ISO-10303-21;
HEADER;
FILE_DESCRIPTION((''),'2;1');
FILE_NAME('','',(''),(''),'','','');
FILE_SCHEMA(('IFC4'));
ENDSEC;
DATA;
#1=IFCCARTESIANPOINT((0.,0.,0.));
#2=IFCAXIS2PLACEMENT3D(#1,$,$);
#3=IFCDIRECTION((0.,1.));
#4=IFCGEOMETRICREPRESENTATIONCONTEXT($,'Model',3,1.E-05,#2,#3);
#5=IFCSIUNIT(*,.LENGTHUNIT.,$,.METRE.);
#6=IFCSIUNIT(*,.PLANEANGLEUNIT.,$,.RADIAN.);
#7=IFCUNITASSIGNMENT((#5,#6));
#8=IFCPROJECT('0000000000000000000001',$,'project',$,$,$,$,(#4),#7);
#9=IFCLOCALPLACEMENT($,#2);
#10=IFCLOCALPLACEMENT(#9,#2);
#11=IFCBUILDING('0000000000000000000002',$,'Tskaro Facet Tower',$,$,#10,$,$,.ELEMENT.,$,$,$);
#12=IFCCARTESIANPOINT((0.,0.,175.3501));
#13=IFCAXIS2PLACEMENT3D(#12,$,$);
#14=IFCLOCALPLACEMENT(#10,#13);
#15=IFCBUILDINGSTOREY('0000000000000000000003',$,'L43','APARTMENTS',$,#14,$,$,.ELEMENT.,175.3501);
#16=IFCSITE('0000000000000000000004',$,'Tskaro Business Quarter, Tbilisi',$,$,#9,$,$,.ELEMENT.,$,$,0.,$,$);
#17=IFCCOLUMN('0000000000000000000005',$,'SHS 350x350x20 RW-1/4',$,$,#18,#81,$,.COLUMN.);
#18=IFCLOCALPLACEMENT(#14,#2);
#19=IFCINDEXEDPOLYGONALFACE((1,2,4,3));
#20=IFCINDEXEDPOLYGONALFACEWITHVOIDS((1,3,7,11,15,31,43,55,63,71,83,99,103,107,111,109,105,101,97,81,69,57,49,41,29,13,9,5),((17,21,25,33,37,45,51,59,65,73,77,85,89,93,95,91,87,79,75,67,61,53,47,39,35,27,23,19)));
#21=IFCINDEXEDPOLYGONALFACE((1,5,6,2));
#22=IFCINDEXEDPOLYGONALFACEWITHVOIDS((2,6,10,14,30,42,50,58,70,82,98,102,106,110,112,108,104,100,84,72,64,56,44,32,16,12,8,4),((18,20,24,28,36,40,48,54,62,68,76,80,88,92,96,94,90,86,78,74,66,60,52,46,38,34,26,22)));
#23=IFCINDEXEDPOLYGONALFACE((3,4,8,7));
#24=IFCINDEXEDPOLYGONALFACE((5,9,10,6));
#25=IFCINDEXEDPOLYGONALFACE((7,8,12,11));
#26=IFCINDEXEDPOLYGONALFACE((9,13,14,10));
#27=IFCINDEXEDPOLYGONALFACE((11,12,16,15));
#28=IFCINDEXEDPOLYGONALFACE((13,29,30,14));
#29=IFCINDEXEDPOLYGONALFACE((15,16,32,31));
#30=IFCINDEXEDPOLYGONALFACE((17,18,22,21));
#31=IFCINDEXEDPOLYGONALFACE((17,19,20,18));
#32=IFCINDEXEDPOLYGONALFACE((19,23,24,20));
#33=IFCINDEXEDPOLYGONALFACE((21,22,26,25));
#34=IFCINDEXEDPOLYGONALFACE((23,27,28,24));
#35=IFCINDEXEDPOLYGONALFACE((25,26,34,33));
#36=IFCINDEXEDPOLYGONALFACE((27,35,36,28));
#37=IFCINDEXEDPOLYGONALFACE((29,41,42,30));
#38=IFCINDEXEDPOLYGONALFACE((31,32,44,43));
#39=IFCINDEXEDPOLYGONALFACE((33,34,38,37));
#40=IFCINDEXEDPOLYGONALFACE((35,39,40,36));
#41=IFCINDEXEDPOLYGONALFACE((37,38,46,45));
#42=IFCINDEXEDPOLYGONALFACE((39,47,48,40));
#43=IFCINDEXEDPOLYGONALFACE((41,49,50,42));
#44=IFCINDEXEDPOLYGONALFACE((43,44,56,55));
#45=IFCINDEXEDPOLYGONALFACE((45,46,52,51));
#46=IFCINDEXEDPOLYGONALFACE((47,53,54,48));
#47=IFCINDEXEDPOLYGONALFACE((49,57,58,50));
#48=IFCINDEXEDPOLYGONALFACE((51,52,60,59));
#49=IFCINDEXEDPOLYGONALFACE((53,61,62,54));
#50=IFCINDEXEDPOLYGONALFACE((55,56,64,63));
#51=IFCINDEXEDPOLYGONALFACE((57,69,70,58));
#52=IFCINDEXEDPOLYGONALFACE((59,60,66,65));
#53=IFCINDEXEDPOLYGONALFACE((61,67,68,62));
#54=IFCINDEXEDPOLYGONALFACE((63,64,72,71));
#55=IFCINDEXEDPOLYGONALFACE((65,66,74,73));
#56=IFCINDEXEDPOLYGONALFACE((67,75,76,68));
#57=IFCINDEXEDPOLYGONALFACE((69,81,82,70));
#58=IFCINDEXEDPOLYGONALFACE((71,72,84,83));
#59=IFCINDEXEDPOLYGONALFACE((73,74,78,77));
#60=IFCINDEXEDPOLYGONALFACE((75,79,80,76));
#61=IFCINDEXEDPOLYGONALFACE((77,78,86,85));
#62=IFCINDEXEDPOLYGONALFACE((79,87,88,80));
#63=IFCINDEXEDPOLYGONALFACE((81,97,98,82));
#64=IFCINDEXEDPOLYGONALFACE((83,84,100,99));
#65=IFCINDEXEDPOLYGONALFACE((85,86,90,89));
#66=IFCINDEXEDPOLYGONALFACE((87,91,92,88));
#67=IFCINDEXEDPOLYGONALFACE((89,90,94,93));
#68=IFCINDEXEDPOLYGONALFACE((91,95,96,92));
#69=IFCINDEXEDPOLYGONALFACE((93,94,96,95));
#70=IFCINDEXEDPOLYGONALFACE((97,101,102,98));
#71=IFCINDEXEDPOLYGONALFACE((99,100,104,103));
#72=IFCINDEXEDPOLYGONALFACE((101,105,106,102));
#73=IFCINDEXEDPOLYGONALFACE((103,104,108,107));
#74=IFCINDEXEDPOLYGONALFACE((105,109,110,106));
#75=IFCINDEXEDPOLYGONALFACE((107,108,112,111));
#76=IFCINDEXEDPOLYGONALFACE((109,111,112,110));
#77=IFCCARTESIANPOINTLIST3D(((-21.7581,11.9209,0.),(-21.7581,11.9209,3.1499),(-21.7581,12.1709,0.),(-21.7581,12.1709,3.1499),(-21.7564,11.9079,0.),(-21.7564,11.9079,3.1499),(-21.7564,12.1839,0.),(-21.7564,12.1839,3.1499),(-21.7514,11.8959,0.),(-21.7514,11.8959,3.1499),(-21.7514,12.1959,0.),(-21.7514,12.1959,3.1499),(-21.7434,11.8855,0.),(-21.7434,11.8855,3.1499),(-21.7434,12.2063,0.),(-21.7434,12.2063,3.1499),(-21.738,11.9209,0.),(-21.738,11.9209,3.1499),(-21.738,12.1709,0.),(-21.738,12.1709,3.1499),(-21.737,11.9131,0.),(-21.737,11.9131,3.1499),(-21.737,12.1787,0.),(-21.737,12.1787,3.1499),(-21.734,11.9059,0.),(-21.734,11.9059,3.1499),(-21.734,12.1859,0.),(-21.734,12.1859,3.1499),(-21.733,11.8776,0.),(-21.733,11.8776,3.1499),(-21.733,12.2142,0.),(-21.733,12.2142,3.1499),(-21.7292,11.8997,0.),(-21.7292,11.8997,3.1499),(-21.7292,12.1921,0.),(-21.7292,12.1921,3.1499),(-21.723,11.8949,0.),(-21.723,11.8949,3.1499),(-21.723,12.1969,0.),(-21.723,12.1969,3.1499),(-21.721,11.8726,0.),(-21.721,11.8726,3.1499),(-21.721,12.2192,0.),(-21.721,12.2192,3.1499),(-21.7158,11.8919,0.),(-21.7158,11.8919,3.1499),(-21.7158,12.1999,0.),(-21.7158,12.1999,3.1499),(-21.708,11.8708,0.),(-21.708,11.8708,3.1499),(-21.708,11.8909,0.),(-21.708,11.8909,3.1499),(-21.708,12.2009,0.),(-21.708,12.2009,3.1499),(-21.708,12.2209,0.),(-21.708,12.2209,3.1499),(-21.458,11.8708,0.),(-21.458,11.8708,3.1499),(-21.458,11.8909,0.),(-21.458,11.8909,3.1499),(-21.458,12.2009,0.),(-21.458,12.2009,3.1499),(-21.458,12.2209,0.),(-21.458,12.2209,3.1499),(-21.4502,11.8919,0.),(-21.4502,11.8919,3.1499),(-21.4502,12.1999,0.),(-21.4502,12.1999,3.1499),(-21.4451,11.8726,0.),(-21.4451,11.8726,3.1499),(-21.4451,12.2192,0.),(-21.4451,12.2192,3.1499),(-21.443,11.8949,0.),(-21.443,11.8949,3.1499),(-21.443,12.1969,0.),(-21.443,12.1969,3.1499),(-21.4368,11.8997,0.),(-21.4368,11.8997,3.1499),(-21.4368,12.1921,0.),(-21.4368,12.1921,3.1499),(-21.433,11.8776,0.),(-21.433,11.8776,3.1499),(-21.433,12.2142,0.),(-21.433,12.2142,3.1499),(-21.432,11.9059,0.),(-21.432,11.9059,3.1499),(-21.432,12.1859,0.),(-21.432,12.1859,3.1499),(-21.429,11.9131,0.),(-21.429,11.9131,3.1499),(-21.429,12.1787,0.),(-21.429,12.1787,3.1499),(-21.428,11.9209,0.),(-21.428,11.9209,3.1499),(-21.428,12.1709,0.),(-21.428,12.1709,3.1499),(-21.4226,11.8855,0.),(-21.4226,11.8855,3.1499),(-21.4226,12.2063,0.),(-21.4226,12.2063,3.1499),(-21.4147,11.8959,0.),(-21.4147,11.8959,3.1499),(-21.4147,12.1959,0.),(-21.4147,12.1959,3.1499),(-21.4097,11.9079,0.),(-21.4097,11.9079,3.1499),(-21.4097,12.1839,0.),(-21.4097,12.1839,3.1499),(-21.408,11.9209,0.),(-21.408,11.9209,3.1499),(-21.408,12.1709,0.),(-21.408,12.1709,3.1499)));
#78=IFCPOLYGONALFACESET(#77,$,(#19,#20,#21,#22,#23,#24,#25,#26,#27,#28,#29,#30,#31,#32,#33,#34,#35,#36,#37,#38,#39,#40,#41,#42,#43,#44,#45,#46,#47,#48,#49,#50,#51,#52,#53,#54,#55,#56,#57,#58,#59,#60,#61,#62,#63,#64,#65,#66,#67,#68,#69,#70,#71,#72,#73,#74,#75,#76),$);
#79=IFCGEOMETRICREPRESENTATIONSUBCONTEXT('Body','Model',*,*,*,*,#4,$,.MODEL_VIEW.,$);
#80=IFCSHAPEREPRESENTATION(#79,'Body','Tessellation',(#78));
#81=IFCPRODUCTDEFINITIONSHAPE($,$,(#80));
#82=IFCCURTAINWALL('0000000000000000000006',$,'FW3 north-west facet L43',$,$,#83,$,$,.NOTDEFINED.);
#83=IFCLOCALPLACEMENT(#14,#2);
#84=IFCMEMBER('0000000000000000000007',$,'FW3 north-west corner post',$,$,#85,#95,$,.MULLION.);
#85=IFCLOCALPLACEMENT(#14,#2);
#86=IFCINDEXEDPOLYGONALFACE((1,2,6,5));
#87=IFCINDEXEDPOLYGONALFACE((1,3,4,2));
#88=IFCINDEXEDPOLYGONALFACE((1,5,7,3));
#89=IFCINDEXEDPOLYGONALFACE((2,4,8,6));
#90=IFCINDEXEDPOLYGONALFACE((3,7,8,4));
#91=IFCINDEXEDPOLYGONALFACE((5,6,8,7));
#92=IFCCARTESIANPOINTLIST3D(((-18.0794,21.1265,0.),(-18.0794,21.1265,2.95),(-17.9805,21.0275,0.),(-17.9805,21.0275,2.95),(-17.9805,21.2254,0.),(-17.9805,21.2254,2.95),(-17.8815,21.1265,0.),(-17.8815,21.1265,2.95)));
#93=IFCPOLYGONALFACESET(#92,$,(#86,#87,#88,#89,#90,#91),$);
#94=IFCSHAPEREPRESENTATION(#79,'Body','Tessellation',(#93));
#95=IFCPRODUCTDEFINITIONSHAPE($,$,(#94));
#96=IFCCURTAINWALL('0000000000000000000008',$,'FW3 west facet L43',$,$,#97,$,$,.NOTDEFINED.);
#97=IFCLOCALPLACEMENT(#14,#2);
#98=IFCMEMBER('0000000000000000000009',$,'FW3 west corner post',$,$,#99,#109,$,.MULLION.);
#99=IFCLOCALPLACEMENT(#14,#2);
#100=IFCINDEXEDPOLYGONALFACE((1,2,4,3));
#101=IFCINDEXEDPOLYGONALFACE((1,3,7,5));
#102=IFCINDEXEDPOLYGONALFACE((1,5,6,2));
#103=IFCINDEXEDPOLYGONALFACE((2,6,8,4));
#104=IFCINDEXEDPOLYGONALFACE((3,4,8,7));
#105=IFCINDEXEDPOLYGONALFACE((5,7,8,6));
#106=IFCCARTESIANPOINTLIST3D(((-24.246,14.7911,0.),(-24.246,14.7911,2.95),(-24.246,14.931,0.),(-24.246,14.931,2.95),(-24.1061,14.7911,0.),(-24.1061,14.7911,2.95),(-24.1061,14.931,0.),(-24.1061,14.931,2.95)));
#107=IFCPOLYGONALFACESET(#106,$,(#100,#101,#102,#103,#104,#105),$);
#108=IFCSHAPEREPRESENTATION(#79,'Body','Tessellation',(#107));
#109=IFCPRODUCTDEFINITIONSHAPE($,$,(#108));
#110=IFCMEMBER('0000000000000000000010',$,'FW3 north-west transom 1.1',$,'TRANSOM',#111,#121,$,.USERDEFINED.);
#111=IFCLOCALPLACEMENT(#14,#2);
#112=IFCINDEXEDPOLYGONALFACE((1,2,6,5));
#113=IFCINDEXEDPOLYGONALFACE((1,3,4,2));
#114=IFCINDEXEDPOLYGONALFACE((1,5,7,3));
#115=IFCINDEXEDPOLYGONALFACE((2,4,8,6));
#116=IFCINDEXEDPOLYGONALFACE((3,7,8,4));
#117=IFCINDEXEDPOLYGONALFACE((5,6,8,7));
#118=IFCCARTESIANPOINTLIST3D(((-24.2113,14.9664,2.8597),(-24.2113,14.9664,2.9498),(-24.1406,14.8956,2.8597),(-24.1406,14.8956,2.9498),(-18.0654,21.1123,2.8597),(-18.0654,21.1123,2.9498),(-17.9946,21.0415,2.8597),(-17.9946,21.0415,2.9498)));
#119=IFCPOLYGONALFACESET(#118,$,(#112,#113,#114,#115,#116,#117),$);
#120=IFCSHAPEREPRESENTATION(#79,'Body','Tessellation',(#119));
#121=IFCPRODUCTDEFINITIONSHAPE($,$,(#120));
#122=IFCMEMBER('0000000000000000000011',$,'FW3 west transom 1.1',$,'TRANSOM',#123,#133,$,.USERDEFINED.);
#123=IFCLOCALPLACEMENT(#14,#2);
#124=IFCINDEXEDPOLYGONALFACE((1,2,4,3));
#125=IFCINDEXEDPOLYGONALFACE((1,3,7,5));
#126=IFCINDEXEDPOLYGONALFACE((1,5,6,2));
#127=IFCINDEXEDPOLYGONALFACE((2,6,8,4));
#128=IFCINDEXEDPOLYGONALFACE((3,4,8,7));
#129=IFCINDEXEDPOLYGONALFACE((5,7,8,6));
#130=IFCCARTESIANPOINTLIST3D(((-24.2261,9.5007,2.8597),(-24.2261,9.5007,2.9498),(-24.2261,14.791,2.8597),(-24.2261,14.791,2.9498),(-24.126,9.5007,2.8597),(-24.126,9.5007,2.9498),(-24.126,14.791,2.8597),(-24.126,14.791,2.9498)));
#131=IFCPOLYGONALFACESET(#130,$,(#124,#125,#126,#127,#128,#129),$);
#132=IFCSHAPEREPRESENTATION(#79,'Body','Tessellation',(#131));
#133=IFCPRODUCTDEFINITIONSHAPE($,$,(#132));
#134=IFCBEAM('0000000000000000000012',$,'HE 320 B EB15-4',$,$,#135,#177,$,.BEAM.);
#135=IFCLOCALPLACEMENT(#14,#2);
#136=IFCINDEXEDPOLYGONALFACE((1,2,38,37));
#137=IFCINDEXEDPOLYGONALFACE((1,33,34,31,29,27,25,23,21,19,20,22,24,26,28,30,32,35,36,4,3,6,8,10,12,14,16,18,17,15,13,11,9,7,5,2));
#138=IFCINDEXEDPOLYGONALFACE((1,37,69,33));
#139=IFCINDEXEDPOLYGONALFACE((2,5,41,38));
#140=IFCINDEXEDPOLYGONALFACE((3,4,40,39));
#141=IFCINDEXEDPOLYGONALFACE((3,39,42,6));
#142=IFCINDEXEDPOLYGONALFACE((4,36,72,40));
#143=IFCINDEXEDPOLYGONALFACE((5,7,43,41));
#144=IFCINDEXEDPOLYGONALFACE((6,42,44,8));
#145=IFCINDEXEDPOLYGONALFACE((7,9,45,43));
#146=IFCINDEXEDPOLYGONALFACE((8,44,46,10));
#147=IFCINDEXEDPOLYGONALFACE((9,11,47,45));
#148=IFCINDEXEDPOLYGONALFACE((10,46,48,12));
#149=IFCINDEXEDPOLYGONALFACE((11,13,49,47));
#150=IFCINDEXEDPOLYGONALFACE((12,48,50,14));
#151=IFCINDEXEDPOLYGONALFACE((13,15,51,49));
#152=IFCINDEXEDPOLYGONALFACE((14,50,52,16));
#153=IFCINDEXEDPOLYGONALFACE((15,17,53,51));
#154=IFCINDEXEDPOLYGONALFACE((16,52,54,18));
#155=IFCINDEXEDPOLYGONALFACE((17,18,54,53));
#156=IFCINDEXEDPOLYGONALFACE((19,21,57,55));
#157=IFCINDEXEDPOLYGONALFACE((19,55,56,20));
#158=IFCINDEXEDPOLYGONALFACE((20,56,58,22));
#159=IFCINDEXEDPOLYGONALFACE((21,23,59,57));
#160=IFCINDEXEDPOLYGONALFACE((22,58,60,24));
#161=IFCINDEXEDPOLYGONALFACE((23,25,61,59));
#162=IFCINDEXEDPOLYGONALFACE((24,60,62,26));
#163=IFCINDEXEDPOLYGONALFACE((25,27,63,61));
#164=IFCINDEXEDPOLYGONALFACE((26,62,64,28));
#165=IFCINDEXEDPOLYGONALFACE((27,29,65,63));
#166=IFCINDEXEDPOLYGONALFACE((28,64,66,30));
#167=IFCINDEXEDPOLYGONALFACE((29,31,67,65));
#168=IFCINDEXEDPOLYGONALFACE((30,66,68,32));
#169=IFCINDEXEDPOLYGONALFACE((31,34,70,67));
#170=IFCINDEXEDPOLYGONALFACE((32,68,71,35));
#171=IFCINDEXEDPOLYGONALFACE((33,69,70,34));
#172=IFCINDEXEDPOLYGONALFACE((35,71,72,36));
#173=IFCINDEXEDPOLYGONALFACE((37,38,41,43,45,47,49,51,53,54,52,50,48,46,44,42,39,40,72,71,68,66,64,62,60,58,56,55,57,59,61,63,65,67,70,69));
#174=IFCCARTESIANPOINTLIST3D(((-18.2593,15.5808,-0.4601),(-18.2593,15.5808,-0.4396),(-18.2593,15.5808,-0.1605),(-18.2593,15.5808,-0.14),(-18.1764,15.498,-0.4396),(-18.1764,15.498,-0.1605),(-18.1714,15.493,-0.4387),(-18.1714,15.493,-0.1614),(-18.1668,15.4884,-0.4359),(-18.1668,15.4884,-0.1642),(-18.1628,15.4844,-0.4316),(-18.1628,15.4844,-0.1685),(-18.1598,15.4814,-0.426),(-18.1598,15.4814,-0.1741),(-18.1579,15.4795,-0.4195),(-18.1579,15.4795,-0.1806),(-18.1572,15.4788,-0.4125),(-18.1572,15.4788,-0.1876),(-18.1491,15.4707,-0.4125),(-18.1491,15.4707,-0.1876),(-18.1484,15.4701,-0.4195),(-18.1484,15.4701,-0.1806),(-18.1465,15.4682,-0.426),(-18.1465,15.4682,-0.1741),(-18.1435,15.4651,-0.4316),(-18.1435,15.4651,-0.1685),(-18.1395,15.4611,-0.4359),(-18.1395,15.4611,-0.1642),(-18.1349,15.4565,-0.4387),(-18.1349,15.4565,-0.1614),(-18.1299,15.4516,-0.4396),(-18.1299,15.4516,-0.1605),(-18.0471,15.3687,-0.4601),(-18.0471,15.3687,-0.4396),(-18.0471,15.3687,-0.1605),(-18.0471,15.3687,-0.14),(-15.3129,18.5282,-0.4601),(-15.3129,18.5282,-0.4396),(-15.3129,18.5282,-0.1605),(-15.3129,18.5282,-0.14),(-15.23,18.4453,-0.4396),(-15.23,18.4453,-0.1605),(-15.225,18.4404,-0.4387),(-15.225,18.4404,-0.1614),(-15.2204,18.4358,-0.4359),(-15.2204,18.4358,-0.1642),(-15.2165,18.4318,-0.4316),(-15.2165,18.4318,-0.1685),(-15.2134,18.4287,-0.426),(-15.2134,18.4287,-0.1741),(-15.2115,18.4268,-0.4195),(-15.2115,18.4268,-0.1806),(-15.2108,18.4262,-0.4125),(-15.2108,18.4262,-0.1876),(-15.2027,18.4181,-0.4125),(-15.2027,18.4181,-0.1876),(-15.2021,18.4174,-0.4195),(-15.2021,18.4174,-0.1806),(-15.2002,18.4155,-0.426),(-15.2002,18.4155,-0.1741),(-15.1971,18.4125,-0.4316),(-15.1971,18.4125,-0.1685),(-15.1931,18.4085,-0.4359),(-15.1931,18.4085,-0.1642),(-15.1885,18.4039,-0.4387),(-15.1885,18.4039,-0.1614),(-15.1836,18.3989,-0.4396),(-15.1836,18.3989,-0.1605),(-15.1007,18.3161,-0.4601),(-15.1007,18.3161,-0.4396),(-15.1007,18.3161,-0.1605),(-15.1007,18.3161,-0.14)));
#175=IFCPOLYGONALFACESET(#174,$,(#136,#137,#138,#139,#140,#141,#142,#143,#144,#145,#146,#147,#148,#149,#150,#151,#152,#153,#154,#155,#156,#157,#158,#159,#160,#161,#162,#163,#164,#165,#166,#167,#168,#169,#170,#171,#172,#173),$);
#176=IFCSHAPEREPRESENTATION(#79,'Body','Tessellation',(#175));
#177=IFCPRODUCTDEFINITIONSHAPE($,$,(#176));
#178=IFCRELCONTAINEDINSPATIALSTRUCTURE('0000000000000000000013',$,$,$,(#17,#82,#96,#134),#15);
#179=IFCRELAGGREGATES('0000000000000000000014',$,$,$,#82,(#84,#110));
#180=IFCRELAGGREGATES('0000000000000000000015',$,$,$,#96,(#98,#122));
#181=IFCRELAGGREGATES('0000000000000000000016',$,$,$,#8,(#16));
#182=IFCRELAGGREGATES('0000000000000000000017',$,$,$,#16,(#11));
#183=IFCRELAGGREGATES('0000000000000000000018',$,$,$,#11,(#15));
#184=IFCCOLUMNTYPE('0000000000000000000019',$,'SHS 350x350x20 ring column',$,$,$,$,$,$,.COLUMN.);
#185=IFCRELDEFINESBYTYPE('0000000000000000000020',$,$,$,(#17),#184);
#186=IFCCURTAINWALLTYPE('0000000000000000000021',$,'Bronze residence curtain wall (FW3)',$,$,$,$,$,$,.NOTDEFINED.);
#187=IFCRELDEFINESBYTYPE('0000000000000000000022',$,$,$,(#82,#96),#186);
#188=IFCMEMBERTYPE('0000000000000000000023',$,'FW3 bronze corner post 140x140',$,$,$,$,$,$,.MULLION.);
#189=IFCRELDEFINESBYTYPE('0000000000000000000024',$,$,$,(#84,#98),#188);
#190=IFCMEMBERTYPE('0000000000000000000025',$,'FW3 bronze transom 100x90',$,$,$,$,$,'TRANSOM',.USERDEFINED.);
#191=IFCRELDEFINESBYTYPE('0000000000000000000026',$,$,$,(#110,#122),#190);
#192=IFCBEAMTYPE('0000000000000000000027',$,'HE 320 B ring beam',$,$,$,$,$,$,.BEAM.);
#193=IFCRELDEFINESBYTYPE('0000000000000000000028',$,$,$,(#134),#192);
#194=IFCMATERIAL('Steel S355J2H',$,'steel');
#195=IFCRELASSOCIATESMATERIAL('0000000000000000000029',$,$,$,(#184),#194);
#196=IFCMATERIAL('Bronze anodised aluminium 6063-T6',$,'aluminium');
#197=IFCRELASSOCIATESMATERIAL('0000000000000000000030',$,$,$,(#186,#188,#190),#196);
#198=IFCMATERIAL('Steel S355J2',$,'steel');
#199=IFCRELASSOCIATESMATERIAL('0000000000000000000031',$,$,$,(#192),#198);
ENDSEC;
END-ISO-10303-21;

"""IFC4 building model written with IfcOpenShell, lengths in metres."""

from ifc_helpers import new_model, si_unit, direction, frame, origin, origin_2d, place, context, subcontext, project, spatial, rectangle, hollow_rectangle, i_section, extrude, material, material_profile, profile_set, type_object, element, aggregate, save


model = new_model("IFC4")

# Units and contexts
model_context = context("Model", 3, precision=1e-05, world=origin(), true_north=direction((0.0, 1.0)))
body_context = subcontext(model_context, "Body", "Model", "MODEL_VIEW")
ifc_project = project(units=[si_unit("LENGTHUNIT", "METRE"), si_unit("PLANEANGLEUNIT", "RADIAN")], contexts=[model_context])

# Site, building, storey
site_placement = place(None, origin())
site = spatial("IfcSite", under=ifc_project, at=site_placement, Name="Tskaro Business Quarter, Tbilisi", CompositionType="ELEMENT", RefElevation=0.0)
building_placement = place(site_placement, origin())
building = spatial("IfcBuilding", under=site, at=building_placement, Name="Tskaro Facet Tower", CompositionType="ELEMENT")
storey_placement = place(building_placement, frame((0.0, 0.0, 175.3501)))
storey = spatial("IfcBuildingStorey", under=building, at=storey_placement, Name="L43", Description="APARTMENTS", CompositionType="ELEMENT", Elevation=175.3501)

# Column
ifc_material_1 = material(Name="Steel S355J2H", Category="steel")
ifc_material_profile_1 = material_profile(ifc_material_1, hollow_rectangle(XDim=0.3501, YDim=0.3501, WallThickness=0.02, InnerFilletRadius=0.03, OuterFilletRadius=0.05, at=origin_2d()), Name="SHS 350x350x20")
ifc_profile_set_1 = profile_set([ifc_material_profile_1], Name="Steel S355J2H")
column_type_1 = type_object("IfcColumnType", Name="SHS 350x350x20 ring column", PredefinedType="COLUMN", material=ifc_profile_set_1)
for number, where, z_axis, x_axis, name in (
    (1, (-21.583, 12.0459, 0.0), (0.0, 0.0, 1.0), (1.0, 0.0, 0.0), "SHS 350x350x20 RW-1/4"),
):
    element("IfcColumn", number, at=place(storey_placement, frame(where, z_axis=z_axis, x_axis=x_axis)), inside=storey, type_object=column_type_1, Name=name, PredefinedType="COLUMN", context=body_context, shape_type="SweptSolid", body=[
        extrude(hollow_rectangle(XDim=0.3501, YDim=0.3501, WallThickness=0.02, InnerFilletRadius=0.03, OuterFilletRadius=0.05, at=origin_2d()), origin(), (0.0, 0.0, 1.0), 3.1499),
    ])

# Curtain walls, members
ifc_material_2 = material(Name="Bronze anodised aluminium 6063-T6", Category="aluminium")
curtain_wall_type = type_object("IfcCurtainWallType", Name="Bronze residence curtain wall (FW3)", PredefinedType="NOTDEFINED", material=ifc_material_2)
curtain_wall_1_placement = place(storey_placement, origin())
curtain_wall_1 = element("IfcCurtainWall", 2, at=curtain_wall_1_placement, inside=storey, type_object=curtain_wall_type, Name="FW3 north-west facet L43", PredefinedType="NOTDEFINED")
ifc_material_profile_2 = material_profile(ifc_material_2, rectangle(XDim=0.1399, YDim=0.1399, at=origin_2d()), Name="Corner post 140x140")
ifc_profile_set_2 = profile_set([ifc_material_profile_2], Name="Bronze anodised aluminium 6063-T6")
member_type_1 = type_object("IfcMemberType", Name="FW3 bronze corner post 140x140", PredefinedType="MULLION", material=ifc_profile_set_2)
member_1_placement = place(storey_placement, frame((-17.9805, 21.1265, 0.0), z_axis=(0.0, 0.0, 1.0), x_axis=(-0.707107, -0.707107, 0.0)))
member_1 = element("IfcMember", 3, at=member_1_placement, type_object=member_type_1, Name="FW3 north-west corner post", PredefinedType="MULLION", context=body_context, shape_type="SweptSolid", body=[
    extrude(rectangle(XDim=0.1399, YDim=0.1399, at=origin_2d()), origin(), (0.0, 0.0, 1.0), 2.95),
])
curtain_wall_2_placement = place(storey_placement, origin())
curtain_wall_2 = element("IfcCurtainWall", 4, at=curtain_wall_2_placement, inside=storey, type_object=curtain_wall_type, Name="FW3 west facet L43", PredefinedType="NOTDEFINED")
member_2_placement = place(storey_placement, frame((-24.176, 14.8611, 0.0), z_axis=(0.0, 0.0, 1.0), x_axis=(0.0, -1.0, 0.0)))
member_2 = element("IfcMember", 5, at=member_2_placement, type_object=member_type_1, Name="FW3 west corner post", PredefinedType="MULLION", context=body_context, shape_type="SweptSolid", body=[
    extrude(rectangle(XDim=0.1399, YDim=0.1399, at=origin_2d()), origin(), (0.0, 0.0, 1.0), 2.95),
])

# Members
ifc_material_profile_3 = material_profile(ifc_material_2, rectangle(XDim=0.1001, YDim=0.0901, at=origin_2d()), Name="Transom 100x90")
ifc_profile_set_3 = profile_set([ifc_material_profile_3], Name="Bronze anodised aluminium 6063-T6")
member_type_2 = type_object("IfcMemberType", Name="FW3 bronze transom 100x90", ElementType="TRANSOM", PredefinedType="USERDEFINED", material=ifc_profile_set_3)
member_3_placement = place(storey_placement, frame((-18.03, 21.0769, 2.9048), z_axis=(-0.707107, -0.707107, 0.0), x_axis=(0.707107, -0.707107, 0.0)))
member_3 = element("IfcMember", 6, at=member_3_placement, type_object=member_type_2, Name="FW3 north-west transom 1.1", ObjectType="TRANSOM", PredefinedType="USERDEFINED", context=body_context, shape_type="SweptSolid", body=[
    extrude(rectangle(XDim=0.1001, YDim=0.0901, at=origin_2d()), origin(), (0.0, 0.0, 1.0), 8.6917),
])
member_4_placement = place(storey_placement, frame((-24.176, 14.791, 2.9048), z_axis=(0.0, -1.0, 0.0), x_axis=(1.0, 0.0, 0.0)))
member_4 = element("IfcMember", 7, at=member_4_placement, type_object=member_type_2, Name="FW3 west transom 1.1", ObjectType="TRANSOM", PredefinedType="USERDEFINED", context=body_context, shape_type="SweptSolid", body=[
    extrude(rectangle(XDim=0.1001, YDim=0.0901, at=origin_2d()), origin(), (0.0, 0.0, 1.0), 5.2903),
])

# Beam
ifc_material_3 = material(Name="Steel S355J2", Category="steel")
ifc_material_profile_4 = material_profile(ifc_material_3, i_section(OverallWidth=0.3, OverallDepth=0.3201, WebThickness=0.0115, FlangeThickness=0.0205, FilletRadius=0.0271, at=origin_2d()), Name="HE 320 B")
ifc_profile_set_4 = profile_set([ifc_material_profile_4], Name="Steel S355J2")
beam_type_1 = type_object("IfcBeamType", Name="HE 320 B ring beam", PredefinedType="BEAM", material=ifc_profile_set_4)
for number, where, z_axis, x_axis, name in (
    (8, (-15.2068, 18.4221, -0.3), (-0.70699, -0.707224, 0.0), (0.707224, -0.70699, 0.0), "HE 320 B EB15-4"),
):
    element("IfcBeam", number, at=place(storey_placement, frame(where, z_axis=z_axis, x_axis=x_axis)), inside=storey, type_object=beam_type_1, Name=name, PredefinedType="BEAM", context=body_context, shape_type="SweptSolid", body=[
        extrude(i_section(OverallWidth=0.3, OverallDepth=0.3201, WebThickness=0.0115, FlangeThickness=0.0205, FilletRadius=0.0271, at=origin_2d()), origin(), (0.0, 0.0, 1.0), 4.1675),
    ])

aggregate(curtain_wall_1, [member_1, member_3])
aggregate(curtain_wall_2, [member_2, member_4])

save(model, "model.ifc")
